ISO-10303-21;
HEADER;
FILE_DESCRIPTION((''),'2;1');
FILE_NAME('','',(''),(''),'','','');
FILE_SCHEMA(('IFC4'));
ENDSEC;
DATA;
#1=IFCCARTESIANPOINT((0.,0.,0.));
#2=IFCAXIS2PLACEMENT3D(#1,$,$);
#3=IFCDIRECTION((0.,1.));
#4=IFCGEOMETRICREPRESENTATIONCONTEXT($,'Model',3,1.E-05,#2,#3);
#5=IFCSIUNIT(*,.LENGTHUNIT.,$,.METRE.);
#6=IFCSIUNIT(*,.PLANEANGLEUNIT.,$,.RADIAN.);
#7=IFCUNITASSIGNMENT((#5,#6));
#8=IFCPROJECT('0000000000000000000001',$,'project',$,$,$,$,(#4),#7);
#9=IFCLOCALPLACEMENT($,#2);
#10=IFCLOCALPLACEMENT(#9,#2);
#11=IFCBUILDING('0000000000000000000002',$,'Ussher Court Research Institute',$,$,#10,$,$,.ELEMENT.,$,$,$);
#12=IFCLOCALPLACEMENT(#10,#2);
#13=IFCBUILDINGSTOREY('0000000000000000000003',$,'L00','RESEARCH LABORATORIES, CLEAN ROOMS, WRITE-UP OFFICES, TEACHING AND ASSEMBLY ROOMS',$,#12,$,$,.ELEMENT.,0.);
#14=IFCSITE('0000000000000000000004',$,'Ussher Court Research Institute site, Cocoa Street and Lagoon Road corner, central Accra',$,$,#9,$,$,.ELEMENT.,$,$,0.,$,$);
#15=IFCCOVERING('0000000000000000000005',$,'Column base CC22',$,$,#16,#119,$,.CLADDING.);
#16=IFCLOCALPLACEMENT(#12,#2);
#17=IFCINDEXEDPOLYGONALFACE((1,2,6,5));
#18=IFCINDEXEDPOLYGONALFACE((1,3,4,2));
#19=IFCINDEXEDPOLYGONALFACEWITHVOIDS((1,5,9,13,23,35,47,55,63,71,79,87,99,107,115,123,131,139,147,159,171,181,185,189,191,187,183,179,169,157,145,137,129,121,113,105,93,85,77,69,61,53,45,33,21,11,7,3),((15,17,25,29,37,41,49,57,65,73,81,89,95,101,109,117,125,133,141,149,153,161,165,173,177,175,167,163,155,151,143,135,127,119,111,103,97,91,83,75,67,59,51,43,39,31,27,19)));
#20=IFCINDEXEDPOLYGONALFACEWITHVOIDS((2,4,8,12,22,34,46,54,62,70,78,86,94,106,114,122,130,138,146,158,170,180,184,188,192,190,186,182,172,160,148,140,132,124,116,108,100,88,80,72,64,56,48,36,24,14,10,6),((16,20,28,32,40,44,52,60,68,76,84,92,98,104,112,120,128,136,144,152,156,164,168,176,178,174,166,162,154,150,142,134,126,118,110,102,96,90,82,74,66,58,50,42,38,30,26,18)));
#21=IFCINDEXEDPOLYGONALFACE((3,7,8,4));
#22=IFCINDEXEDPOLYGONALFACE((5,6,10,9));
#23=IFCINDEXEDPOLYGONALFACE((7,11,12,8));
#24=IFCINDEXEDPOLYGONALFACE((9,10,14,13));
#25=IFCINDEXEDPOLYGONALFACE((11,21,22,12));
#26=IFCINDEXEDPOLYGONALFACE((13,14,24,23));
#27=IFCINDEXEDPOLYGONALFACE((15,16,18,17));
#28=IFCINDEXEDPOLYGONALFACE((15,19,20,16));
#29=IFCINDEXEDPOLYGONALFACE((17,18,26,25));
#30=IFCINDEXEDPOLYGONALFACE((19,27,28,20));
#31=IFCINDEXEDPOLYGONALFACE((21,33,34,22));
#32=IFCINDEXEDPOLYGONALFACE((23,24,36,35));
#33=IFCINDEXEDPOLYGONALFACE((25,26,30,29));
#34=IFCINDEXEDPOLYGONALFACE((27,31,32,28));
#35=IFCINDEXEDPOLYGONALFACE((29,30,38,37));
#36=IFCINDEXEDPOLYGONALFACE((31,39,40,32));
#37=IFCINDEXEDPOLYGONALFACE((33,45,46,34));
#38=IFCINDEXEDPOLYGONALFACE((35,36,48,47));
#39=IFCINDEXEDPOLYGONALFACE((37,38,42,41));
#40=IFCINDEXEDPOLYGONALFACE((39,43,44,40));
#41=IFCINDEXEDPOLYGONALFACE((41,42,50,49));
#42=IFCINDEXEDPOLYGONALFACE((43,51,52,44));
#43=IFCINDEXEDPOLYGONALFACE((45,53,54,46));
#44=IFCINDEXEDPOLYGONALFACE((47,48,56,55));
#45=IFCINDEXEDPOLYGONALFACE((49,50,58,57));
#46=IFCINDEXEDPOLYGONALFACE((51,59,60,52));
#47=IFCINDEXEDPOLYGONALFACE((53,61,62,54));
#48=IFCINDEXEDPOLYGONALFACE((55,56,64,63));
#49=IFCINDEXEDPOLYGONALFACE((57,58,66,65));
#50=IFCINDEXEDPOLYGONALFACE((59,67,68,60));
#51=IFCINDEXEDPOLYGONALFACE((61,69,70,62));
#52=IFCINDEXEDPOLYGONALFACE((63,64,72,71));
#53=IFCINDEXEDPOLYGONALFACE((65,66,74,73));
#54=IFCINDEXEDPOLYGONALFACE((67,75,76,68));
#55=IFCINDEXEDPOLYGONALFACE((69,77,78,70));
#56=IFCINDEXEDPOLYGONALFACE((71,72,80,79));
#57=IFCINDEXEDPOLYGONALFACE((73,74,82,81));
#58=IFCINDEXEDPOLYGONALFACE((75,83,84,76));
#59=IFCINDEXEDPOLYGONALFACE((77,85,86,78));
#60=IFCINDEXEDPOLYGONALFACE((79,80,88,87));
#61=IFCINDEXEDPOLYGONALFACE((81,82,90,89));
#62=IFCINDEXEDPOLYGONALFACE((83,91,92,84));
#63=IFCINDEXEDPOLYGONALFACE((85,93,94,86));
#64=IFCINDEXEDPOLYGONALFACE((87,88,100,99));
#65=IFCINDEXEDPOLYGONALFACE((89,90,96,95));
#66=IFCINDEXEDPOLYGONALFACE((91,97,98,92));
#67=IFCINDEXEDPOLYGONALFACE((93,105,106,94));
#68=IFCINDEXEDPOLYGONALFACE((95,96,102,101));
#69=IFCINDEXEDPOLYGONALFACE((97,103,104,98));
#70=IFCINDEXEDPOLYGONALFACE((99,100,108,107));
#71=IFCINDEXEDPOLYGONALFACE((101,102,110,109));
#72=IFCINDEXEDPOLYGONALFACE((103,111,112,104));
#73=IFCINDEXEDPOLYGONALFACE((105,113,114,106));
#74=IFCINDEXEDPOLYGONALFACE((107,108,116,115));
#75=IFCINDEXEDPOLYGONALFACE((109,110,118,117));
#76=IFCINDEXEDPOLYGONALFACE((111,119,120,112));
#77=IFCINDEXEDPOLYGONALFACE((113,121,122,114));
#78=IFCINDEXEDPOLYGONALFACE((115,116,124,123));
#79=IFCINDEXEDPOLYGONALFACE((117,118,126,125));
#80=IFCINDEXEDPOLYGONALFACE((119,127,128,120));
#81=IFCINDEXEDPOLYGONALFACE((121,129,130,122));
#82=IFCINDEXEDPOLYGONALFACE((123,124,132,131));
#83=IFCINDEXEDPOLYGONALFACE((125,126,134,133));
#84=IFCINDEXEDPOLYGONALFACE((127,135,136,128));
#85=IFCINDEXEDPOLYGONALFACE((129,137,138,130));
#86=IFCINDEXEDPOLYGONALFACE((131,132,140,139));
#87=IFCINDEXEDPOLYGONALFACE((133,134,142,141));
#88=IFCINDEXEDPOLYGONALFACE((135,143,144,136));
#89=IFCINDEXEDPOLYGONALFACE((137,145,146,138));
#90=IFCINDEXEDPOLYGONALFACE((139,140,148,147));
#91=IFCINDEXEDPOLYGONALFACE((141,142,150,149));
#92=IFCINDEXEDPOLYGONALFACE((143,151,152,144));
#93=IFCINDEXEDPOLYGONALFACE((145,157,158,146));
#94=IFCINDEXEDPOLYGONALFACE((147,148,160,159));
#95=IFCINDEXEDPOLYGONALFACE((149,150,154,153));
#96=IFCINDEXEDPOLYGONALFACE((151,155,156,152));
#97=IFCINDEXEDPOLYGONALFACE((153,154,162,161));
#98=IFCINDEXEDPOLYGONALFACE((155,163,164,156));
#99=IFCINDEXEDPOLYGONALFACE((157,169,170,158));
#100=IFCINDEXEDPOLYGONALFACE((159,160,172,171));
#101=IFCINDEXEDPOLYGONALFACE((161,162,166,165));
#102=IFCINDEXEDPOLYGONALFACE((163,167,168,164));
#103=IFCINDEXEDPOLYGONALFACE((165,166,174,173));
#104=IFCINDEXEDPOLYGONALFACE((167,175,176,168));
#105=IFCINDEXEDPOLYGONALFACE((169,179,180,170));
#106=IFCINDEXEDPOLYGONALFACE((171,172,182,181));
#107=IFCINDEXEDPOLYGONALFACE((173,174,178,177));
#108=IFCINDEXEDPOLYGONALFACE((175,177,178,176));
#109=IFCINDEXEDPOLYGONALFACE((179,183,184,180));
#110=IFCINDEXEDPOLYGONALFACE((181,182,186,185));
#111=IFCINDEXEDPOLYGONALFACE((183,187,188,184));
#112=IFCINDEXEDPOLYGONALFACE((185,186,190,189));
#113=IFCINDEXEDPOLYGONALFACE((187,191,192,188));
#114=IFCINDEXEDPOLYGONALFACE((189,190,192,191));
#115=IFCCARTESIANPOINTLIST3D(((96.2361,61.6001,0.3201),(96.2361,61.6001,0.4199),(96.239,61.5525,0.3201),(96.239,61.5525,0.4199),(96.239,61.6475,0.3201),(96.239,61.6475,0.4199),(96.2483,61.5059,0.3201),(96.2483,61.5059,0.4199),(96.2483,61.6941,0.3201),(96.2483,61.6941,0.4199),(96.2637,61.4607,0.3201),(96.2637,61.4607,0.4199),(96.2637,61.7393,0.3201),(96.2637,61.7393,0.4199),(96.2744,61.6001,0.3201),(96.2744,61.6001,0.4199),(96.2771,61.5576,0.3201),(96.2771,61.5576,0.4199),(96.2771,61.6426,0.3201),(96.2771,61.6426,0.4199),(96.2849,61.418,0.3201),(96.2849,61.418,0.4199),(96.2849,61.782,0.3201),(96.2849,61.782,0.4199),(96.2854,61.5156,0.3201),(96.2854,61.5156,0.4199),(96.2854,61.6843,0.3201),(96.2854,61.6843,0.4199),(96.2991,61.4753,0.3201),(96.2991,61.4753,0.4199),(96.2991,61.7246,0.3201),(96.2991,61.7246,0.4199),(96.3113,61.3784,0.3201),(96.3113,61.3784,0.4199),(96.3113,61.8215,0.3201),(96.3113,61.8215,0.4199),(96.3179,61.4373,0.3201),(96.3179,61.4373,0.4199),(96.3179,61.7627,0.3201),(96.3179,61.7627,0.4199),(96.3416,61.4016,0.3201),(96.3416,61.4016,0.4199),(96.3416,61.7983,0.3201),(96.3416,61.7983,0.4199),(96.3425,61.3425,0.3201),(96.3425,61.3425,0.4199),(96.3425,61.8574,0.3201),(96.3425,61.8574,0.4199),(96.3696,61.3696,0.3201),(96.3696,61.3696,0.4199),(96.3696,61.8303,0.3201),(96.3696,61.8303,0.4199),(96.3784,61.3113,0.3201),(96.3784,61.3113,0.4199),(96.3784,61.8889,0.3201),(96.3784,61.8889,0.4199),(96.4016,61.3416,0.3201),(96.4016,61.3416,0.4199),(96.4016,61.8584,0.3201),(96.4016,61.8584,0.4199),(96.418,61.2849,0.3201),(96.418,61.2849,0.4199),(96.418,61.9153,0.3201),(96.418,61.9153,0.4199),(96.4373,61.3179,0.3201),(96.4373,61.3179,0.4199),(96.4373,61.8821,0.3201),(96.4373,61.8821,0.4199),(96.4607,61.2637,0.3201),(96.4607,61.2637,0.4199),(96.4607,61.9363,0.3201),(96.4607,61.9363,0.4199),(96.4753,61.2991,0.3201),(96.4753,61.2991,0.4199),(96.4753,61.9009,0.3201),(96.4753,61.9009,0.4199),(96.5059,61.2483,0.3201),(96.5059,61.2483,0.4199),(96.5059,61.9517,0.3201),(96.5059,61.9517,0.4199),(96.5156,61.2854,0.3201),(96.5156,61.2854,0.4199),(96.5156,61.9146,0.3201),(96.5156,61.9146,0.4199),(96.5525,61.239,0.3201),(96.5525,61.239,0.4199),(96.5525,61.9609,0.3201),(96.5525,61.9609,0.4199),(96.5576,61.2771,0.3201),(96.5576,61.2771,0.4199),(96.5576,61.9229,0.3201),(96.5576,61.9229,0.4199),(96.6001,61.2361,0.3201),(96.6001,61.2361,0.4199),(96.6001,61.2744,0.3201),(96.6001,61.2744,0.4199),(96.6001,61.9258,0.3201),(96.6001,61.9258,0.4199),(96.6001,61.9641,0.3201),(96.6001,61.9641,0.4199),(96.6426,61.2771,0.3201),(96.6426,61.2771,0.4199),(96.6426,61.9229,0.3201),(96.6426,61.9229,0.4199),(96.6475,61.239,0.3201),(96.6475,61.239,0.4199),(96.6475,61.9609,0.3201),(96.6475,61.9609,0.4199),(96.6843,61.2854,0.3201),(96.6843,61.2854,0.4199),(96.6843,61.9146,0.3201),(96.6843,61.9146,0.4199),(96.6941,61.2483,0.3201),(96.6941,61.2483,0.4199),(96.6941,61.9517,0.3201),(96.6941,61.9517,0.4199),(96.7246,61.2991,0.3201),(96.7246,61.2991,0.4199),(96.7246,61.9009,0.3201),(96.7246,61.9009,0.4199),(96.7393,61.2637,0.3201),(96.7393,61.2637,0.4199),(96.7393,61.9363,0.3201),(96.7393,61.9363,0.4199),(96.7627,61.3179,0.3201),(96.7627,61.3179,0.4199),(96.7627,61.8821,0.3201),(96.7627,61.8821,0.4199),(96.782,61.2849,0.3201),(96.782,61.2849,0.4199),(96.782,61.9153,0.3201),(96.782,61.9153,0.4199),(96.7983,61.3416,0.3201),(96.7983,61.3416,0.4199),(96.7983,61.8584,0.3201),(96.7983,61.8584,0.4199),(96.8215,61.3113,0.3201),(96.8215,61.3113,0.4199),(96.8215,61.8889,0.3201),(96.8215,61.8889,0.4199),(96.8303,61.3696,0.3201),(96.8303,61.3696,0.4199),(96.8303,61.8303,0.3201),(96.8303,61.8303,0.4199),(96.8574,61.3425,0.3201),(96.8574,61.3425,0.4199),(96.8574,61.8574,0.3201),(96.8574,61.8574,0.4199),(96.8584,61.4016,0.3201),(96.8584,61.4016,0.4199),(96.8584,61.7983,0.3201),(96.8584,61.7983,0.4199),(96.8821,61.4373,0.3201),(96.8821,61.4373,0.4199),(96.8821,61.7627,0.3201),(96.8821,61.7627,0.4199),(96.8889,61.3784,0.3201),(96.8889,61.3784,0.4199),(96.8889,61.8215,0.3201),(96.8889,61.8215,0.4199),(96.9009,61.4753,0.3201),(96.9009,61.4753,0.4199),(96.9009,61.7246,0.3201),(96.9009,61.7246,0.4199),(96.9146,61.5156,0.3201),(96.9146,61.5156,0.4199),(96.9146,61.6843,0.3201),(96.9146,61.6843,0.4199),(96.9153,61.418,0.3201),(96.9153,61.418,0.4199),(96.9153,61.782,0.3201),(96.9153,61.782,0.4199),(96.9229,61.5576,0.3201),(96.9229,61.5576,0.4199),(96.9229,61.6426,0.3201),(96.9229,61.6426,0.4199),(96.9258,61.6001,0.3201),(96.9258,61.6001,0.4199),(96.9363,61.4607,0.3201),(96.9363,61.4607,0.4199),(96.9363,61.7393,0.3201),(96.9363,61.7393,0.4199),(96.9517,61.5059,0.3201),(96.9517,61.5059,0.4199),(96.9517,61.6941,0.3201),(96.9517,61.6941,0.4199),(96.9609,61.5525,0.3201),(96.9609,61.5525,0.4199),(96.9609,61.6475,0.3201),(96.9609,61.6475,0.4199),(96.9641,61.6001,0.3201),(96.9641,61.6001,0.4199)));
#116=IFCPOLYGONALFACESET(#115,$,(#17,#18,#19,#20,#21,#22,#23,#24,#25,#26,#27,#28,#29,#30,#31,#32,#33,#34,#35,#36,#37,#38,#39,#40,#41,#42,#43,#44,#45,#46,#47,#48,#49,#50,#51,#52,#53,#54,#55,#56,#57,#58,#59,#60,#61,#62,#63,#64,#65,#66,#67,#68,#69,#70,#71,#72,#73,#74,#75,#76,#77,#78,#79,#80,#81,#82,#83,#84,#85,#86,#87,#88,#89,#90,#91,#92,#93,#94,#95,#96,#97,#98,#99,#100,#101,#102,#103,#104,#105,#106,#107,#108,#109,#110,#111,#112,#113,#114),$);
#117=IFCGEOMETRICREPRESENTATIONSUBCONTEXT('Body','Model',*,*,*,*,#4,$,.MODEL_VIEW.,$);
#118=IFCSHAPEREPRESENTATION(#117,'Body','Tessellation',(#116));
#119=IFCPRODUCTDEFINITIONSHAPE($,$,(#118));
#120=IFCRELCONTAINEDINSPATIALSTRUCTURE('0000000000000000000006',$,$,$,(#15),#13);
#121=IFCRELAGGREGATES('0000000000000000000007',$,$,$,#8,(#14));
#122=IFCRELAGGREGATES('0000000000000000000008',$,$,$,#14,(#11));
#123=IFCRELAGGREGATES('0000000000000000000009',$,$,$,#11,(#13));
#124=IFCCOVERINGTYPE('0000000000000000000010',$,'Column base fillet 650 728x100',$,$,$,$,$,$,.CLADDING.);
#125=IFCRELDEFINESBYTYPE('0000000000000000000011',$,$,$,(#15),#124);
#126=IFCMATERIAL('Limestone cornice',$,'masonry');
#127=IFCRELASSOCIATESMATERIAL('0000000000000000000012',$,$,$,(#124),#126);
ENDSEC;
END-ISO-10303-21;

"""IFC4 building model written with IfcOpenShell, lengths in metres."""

from ifc_helpers import new_model, si_unit, direction, frame, origin, place, context, subcontext, project, spatial, polyline, outline, extrude, material, type_object, element, save


model = new_model("IFC4")

# Units and contexts
model_context = context("Model", 3, precision=1e-05, world=origin(), true_north=direction((0.0, 1.0)))
body_context = subcontext(model_context, "Body", "Model", "MODEL_VIEW")
ifc_project = project(units=[si_unit("LENGTHUNIT", "METRE"), si_unit("PLANEANGLEUNIT", "RADIAN")], contexts=[model_context])

# Site, building, storey
site_placement = place(None, origin())
site = spatial("IfcSite", under=ifc_project, at=site_placement, Name="Ussher Court Research Institute site, Cocoa Street and Lagoon Road corner, central Accra", CompositionType="ELEMENT", RefElevation=0.0)
building_placement = place(site_placement, origin())
building = spatial("IfcBuilding", under=site, at=building_placement, Name="Ussher Court Research Institute", CompositionType="ELEMENT")
storey_placement = place(building_placement, origin())
storey = spatial("IfcBuildingStorey", under=building, at=storey_placement, Name="L00", Description="RESEARCH LABORATORIES, CLEAN ROOMS, WRITE-UP OFFICES, TEACHING AND ASSEMBLY ROOMS", CompositionType="ELEMENT", Elevation=0.0)

# Covering
ifc_material_1 = material(Name="Limestone cornice", Category="masonry")
covering_type_1 = type_object("IfcCoveringType", Name="Column base fillet 650 728x100", PredefinedType="CLADDING", material=ifc_material_1)
covering_1_placement = place(storey_placement, frame((0.0, 0.0, 0.3201)))
element("IfcCovering", 1, at=covering_1_placement, inside=storey, type_object=covering_type_1, Name="Column base CC22", PredefinedType="CLADDING", context=body_context, shape_type="SweptSolid", body=[
    extrude(outline(polyline([(96.9641, 61.6001), (96.9609, 61.6475), (96.9517, 61.6941), (96.9363, 61.7393), (96.9153, 61.782), (96.8889, 61.8215), (96.8574, 61.8574), (96.8215, 61.8889), (96.782, 61.9153), (96.7393, 61.9363), (96.6941, 61.9517), (96.6475, 61.9609), (96.6001, 61.9641), (96.5525, 61.9609), (96.5059, 61.9517), (96.4607, 61.9363), (96.418, 61.9153), (96.3784, 61.8889), (96.3425, 61.8574), (96.3113, 61.8215), (96.2849, 61.782), (96.2637, 61.7393), (96.2483, 61.6941), (96.239, 61.6475), (96.2361, 61.6001), (96.239, 61.5525), (96.2483, 61.5059), (96.2637, 61.4607), (96.2849, 61.418), (96.3113, 61.3784), (96.3425, 61.3425), (96.3784, 61.3113), (96.418, 61.2849), (96.4607, 61.2637), (96.5059, 61.2483), (96.5525, 61.239), (96.6001, 61.2361), (96.6475, 61.239), (96.6941, 61.2483), (96.7393, 61.2637), (96.782, 61.2849), (96.8215, 61.3113), (96.8574, 61.3425), (96.8889, 61.3784), (96.9153, 61.418), (96.9363, 61.4607), (96.9517, 61.5059), (96.9609, 61.5525), (96.9641, 61.6001)]), holes=[polyline([(96.9258, 61.6001), (96.9229, 61.6426), (96.9146, 61.6843), (96.9009, 61.7246), (96.8821, 61.7627), (96.8584, 61.7983), (96.8303, 61.8303), (96.7983, 61.8584), (96.7627, 61.8821), (96.7246, 61.9009), (96.6843, 61.9146), (96.6426, 61.9229), (96.6001, 61.9258), (96.5576, 61.9229), (96.5156, 61.9146), (96.4753, 61.9009), (96.4373, 61.8821), (96.4016, 61.8584), (96.3696, 61.8303), (96.3416, 61.7983), (96.3179, 61.7627), (96.2991, 61.7246), (96.2854, 61.6843), (96.2771, 61.6426), (96.2744, 61.6001), (96.2771, 61.5576), (96.2854, 61.5156), (96.2991, 61.4753), (96.3179, 61.4373), (96.3416, 61.4016), (96.3696, 61.3696), (96.4016, 61.3416), (96.4373, 61.3179), (96.4753, 61.2991), (96.5156, 61.2854), (96.5576, 61.2771), (96.6001, 61.2744), (96.6426, 61.2771), (96.6843, 61.2854), (96.7246, 61.2991), (96.7627, 61.3179), (96.7983, 61.3416), (96.8303, 61.3696), (96.8584, 61.4016), (96.8821, 61.4373), (96.9009, 61.4753), (96.9146, 61.5156), (96.9229, 61.5576), (96.9258, 61.6001)])]), origin(), (0.0, 0.0, 1.0), 0.0999),
])

save(model, "model.ifc")
